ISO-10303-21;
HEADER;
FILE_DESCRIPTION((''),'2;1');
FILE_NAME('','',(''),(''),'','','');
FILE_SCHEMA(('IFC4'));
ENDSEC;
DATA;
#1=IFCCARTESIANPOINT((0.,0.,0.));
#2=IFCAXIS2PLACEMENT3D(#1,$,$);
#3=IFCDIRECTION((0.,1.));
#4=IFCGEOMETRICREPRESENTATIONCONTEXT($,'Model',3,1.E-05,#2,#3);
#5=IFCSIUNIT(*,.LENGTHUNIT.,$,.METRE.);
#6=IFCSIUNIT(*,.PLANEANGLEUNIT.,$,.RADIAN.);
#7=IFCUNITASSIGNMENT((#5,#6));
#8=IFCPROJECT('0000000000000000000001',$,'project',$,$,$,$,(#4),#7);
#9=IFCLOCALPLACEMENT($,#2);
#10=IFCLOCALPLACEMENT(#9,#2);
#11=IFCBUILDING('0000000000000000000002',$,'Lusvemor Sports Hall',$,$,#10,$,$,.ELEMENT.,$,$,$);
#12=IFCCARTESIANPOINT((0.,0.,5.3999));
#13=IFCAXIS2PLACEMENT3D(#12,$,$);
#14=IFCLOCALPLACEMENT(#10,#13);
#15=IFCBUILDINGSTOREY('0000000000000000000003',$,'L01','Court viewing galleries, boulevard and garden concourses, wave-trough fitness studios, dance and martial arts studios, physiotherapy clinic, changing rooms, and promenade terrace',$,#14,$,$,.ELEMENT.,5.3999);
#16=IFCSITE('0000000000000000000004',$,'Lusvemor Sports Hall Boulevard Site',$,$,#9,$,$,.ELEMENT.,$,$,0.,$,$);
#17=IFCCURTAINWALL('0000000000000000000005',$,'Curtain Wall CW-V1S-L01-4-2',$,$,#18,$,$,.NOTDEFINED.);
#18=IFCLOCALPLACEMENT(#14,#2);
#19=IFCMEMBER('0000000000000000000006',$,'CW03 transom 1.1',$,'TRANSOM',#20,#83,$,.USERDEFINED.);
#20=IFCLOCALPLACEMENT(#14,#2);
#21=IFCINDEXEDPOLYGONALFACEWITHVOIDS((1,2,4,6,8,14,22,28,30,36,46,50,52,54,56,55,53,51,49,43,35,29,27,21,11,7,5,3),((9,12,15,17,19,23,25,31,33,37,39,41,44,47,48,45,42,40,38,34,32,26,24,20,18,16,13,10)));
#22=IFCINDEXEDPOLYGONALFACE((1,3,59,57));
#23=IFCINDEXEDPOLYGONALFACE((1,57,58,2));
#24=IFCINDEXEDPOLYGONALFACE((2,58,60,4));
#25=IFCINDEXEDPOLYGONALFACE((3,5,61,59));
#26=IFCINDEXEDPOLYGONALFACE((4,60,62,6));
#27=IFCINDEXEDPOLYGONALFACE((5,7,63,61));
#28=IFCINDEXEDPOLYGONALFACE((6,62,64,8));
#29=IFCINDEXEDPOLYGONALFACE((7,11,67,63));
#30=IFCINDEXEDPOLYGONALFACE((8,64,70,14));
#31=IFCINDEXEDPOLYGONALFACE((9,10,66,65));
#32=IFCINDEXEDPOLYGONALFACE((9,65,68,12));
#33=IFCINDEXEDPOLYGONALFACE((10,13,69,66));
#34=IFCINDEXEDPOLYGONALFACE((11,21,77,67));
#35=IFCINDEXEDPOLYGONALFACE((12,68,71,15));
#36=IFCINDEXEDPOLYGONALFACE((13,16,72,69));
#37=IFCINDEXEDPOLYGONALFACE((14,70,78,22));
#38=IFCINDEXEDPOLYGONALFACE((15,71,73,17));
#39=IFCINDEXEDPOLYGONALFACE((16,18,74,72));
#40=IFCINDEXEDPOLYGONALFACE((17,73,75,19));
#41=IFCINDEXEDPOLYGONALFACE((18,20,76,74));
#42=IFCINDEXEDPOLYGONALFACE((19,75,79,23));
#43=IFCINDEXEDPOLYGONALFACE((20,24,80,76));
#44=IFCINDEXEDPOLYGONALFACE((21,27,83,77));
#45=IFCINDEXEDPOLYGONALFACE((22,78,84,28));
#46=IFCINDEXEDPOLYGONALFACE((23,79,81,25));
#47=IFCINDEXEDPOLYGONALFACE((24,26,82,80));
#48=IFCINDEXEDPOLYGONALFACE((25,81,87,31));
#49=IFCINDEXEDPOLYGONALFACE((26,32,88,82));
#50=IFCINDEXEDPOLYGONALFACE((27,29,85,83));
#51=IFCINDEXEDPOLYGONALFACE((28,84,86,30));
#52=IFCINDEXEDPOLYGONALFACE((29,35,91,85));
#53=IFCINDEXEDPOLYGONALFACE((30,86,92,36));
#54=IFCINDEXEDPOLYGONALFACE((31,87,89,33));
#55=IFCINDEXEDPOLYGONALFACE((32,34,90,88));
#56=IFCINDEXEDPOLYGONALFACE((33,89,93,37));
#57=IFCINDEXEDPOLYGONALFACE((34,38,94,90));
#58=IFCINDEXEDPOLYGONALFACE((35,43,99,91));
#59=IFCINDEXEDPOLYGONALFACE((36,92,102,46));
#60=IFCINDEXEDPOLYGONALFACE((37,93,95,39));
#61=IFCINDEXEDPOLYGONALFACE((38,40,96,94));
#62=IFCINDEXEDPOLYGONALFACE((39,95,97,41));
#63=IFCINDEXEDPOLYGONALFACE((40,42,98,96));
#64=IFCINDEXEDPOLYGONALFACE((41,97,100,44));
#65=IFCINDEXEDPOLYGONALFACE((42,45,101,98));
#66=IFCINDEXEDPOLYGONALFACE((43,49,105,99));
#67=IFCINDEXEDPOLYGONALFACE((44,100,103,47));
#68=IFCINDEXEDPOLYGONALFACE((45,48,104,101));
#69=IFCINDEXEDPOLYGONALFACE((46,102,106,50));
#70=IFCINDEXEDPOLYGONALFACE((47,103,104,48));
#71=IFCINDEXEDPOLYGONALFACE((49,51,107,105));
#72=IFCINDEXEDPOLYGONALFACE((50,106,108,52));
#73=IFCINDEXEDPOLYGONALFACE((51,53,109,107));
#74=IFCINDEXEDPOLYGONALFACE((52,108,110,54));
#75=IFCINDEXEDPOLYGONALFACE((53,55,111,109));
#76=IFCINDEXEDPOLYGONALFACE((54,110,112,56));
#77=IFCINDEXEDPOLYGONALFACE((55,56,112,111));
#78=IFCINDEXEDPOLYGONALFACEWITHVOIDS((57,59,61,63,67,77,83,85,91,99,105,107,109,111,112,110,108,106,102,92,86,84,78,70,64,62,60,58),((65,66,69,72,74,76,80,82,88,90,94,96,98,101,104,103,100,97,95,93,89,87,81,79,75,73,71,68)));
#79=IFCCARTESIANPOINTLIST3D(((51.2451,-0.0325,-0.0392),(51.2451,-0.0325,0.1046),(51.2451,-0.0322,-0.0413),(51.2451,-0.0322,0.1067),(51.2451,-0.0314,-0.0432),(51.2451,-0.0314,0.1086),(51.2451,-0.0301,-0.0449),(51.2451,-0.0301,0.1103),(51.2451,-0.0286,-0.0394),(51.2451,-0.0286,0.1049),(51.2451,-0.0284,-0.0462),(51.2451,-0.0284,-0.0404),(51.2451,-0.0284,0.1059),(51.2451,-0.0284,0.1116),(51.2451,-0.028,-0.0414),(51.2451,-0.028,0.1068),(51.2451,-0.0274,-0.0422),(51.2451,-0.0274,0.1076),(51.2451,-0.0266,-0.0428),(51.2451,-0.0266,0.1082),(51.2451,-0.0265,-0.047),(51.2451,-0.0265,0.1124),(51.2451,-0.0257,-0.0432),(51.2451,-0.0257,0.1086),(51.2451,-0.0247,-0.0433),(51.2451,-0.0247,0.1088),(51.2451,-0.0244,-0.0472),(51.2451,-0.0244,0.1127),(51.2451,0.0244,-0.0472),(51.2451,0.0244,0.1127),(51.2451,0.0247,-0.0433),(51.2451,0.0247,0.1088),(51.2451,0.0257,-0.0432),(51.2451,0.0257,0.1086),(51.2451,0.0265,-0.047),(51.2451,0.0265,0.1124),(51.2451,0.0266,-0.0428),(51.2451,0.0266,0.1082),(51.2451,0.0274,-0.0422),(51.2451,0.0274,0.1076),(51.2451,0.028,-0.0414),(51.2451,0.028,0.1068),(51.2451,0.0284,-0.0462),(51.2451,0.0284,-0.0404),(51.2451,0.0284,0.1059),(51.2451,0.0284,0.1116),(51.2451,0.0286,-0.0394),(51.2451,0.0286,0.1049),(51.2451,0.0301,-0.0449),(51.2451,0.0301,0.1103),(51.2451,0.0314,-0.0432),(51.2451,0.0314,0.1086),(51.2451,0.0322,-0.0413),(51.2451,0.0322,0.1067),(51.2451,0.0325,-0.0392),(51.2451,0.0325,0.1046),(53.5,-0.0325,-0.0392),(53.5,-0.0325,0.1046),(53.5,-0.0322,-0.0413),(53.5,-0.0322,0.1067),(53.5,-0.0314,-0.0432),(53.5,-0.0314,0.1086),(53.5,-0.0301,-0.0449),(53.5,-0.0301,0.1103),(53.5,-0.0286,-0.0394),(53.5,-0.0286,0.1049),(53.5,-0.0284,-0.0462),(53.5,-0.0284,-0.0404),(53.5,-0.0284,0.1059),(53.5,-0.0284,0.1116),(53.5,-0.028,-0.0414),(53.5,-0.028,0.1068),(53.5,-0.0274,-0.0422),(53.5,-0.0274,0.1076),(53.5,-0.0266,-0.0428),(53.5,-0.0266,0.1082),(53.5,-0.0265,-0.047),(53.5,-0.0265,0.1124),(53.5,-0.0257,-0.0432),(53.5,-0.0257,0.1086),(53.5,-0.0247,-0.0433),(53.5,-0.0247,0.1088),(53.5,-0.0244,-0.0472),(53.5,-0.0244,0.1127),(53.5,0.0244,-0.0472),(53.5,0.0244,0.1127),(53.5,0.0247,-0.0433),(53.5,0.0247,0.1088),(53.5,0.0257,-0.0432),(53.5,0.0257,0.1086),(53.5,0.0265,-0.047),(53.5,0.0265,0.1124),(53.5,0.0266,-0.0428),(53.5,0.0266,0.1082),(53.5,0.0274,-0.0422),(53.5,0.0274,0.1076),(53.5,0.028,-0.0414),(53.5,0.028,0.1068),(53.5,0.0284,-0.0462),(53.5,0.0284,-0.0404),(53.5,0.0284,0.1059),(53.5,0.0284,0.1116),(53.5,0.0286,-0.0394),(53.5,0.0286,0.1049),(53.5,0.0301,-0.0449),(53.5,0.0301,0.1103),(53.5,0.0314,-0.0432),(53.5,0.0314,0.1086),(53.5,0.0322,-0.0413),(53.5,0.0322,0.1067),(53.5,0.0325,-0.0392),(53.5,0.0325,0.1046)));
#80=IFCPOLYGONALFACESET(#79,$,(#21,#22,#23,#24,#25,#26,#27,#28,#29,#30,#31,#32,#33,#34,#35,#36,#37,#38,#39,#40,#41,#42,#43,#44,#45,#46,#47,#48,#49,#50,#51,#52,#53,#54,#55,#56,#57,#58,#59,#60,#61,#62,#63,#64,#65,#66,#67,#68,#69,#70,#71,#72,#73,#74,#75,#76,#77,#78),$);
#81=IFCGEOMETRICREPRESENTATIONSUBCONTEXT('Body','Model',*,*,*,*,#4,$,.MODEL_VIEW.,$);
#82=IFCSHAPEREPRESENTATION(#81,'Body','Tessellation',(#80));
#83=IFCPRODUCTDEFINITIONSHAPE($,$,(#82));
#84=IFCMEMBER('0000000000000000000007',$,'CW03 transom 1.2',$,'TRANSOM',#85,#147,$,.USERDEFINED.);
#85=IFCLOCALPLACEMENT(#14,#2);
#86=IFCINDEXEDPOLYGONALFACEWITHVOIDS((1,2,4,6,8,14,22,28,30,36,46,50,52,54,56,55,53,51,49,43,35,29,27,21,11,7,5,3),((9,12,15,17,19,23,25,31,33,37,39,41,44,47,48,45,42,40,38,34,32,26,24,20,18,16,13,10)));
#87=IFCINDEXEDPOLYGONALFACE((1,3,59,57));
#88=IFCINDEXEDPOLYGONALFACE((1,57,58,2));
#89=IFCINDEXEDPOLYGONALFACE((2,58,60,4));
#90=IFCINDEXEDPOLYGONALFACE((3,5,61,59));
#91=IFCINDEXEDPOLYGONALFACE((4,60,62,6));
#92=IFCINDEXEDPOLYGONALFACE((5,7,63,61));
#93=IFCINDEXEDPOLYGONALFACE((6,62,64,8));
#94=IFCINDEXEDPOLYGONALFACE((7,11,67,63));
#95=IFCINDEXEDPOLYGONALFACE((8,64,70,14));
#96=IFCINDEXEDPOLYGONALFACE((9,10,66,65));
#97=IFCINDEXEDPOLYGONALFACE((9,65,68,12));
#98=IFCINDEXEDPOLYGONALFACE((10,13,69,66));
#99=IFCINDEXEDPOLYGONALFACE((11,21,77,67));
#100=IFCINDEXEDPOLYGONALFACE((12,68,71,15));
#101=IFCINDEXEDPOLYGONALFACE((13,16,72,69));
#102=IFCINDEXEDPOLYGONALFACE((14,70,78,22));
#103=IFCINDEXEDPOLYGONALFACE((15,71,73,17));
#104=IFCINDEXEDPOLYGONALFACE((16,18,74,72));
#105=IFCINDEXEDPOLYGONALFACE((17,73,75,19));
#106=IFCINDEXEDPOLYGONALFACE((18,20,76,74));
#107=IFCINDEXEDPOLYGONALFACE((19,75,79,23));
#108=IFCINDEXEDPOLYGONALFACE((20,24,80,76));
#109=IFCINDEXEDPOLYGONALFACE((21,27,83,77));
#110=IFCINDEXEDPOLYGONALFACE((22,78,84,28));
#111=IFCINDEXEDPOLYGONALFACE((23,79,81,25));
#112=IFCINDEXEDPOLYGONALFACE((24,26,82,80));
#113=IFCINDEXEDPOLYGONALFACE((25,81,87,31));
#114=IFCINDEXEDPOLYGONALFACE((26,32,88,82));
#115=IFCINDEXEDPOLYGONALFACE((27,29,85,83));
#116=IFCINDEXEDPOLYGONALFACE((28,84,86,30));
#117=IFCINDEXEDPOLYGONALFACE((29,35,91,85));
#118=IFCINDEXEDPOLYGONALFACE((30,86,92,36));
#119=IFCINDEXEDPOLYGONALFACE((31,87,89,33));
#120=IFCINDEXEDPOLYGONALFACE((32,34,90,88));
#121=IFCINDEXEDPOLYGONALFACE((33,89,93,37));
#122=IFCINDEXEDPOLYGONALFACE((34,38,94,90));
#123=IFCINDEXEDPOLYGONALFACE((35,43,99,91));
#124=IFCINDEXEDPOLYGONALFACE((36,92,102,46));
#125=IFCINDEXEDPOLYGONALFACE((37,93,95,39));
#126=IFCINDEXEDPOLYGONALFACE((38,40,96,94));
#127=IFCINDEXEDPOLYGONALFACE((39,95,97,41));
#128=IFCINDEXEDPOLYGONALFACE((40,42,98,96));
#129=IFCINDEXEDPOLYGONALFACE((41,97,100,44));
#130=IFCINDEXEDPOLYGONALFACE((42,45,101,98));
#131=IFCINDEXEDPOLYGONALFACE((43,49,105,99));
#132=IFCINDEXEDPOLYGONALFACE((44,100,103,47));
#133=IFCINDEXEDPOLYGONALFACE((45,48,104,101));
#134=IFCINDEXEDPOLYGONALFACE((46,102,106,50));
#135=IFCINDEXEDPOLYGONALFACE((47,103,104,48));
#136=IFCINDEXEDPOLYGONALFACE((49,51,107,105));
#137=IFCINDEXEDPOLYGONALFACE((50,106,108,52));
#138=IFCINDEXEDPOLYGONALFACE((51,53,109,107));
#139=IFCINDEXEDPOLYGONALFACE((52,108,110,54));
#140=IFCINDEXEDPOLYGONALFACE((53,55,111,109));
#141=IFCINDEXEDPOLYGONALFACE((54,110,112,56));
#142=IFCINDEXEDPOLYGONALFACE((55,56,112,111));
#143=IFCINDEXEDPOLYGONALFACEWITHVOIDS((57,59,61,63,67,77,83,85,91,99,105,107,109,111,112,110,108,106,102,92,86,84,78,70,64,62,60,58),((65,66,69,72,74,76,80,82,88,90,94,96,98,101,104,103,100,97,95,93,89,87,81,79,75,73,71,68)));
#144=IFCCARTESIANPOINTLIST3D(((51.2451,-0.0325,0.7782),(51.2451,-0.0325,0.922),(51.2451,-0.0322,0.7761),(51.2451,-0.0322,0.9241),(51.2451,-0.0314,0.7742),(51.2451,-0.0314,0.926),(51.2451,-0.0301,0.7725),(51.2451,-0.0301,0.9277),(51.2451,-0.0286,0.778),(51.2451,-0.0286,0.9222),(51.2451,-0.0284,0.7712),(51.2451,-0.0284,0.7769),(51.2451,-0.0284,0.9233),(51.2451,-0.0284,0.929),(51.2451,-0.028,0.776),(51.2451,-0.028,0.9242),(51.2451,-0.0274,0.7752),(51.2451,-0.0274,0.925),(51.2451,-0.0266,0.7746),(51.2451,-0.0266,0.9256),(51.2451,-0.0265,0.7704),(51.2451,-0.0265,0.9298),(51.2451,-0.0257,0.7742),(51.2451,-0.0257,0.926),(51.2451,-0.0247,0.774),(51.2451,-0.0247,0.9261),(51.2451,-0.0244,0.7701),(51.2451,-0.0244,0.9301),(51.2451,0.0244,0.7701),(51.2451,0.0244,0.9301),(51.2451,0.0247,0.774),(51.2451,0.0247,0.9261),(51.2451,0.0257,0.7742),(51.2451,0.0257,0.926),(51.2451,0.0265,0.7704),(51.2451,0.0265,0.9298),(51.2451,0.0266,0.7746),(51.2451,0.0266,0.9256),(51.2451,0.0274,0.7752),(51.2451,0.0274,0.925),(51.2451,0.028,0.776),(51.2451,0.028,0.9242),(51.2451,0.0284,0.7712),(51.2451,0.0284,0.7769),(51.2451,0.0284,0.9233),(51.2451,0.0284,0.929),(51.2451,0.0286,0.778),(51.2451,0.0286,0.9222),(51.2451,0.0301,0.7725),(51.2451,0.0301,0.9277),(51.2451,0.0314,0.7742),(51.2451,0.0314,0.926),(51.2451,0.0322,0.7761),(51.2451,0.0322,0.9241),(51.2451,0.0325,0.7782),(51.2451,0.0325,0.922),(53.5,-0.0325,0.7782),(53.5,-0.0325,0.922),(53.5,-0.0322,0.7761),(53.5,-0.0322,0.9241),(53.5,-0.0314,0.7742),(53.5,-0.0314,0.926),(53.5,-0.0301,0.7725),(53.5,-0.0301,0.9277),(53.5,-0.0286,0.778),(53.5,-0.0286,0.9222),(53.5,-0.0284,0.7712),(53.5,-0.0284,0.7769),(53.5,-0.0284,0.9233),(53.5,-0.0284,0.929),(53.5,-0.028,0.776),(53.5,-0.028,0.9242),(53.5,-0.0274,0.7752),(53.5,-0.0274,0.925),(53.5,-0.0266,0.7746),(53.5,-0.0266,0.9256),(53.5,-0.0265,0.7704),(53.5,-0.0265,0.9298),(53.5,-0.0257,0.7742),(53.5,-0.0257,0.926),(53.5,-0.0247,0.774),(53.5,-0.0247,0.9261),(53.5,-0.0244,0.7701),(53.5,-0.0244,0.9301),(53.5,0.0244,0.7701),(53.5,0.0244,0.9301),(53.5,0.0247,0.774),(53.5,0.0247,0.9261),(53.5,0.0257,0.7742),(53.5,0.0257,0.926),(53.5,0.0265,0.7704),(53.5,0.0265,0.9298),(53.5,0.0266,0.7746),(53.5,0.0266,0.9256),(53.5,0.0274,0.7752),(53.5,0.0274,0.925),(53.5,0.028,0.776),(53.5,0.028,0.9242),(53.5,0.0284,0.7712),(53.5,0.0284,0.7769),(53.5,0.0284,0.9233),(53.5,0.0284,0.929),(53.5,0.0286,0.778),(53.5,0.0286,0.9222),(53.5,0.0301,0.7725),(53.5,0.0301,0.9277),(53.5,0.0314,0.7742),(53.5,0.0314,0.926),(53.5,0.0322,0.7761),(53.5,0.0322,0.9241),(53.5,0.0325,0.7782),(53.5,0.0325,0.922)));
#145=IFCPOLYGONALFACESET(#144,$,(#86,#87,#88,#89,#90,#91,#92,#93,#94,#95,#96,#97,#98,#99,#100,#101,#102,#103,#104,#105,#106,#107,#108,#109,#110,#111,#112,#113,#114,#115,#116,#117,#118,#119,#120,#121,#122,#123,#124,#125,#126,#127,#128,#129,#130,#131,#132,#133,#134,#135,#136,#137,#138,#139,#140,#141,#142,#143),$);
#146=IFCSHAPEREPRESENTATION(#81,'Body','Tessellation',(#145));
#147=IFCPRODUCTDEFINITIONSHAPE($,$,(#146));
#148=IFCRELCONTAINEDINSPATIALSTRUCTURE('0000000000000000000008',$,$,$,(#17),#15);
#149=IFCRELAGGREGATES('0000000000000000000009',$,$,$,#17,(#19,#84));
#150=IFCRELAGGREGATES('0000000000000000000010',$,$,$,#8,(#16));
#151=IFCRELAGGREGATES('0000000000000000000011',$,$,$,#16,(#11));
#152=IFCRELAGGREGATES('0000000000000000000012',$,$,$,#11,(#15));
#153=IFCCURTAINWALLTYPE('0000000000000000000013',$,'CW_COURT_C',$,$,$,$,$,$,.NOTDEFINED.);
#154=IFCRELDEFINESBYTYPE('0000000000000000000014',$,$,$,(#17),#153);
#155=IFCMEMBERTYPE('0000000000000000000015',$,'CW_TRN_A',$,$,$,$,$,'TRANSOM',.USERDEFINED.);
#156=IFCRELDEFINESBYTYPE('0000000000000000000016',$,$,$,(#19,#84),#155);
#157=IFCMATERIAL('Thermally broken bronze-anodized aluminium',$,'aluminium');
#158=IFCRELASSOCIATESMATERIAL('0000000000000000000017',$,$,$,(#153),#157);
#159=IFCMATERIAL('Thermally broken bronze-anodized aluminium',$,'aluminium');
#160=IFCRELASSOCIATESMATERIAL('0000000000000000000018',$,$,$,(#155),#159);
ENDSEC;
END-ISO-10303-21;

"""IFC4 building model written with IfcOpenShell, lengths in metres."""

from ifc_helpers import new_model, si_unit, direction, frame, origin, origin_2d, place, context, subcontext, project, spatial, hollow_rectangle, extrude, material, material_profile, profile_set, type_object, element, aggregate, save


model = new_model("IFC4")

# Units and contexts
model_context = context("Model", 3, precision=1e-05, world=origin(), true_north=direction((0.0, 1.0)))
body_context = subcontext(model_context, "Body", "Model", "MODEL_VIEW")
ifc_project = project(units=[si_unit("LENGTHUNIT", "METRE"), si_unit("PLANEANGLEUNIT", "RADIAN")], contexts=[model_context])

# Site, building, storey
site_placement = place(None, origin())
site = spatial("IfcSite", under=ifc_project, at=site_placement, Name="Lusvemor Sports Hall Boulevard Site", CompositionType="ELEMENT", RefElevation=0.0)
building_placement = place(site_placement, origin())
building = spatial("IfcBuilding", under=site, at=building_placement, Name="Lusvemor Sports Hall", CompositionType="ELEMENT")
storey_placement = place(building_placement, frame((0.0, 0.0, 5.3999)))
storey = spatial("IfcBuildingStorey", under=building, at=storey_placement, Name="L01", Description="Court viewing galleries, boulevard and garden concourses, wave-trough fitness studios, dance and martial arts studios, physiotherapy clinic, changing rooms, and promenade terrace", CompositionType="ELEMENT", Elevation=5.3999)

# Curtain wall, members
ifc_material_1 = material(Name="Thermally broken bronze-anodized aluminium", Category="aluminium")
curtain_wall_type = type_object("IfcCurtainWallType", Name="CW_COURT_C", PredefinedType="NOTDEFINED", material=ifc_material_1)
curtain_wall_placement = place(storey_placement, origin())
curtain_wall = element("IfcCurtainWall", 1, at=curtain_wall_placement, inside=storey, type_object=curtain_wall_type, Name="Curtain Wall CW-V1S-L01-4-2", PredefinedType="NOTDEFINED")
ifc_material_2 = material(Name="Thermally broken bronze-anodized aluminium", Category="aluminium")
ifc_material_profile_1 = material_profile(ifc_material_2, hollow_rectangle(XDim=0.0649, YDim=0.1599, WallThickness=0.0039, InnerFilletRadius=0.0039, OuterFilletRadius=0.0081, at=origin_2d()), Name="CWTRN160x65x4")
ifc_profile_set_1 = profile_set([ifc_material_profile_1], Name="Thermally broken bronze-anodized aluminium")
member_type_1 = type_object("IfcMemberType", Name="CW_TRN_A", ElementType="TRANSOM", PredefinedType="USERDEFINED", material=ifc_profile_set_1)
member_1_placement = place(storey_placement, frame((53.5, 0.0, 0.0327), z_axis=(-1.0, 0.0, 0.0), x_axis=(0.0, -1.0, 0.0)))
member_1 = element("IfcMember", 2, at=member_1_placement, type_object=member_type_1, Name="CW03 transom 1.1", ObjectType="TRANSOM", PredefinedType="USERDEFINED", context=body_context, shape_type="SweptSolid", body=[
    extrude(hollow_rectangle(XDim=0.0649, YDim=0.1599, WallThickness=0.0039, InnerFilletRadius=0.0039, OuterFilletRadius=0.0081, at=origin_2d()), origin(), (0.0, 0.0, 1.0), 2.2549),
])
member_2_placement = place(storey_placement, frame((53.5, 0.0, 0.8501), z_axis=(-1.0, 0.0, 0.0), x_axis=(0.0, -1.0, 0.0)))
member_2 = element("IfcMember", 3, at=member_2_placement, type_object=member_type_1, Name="CW03 transom 1.2", ObjectType="TRANSOM", PredefinedType="USERDEFINED", context=body_context, shape_type="SweptSolid", body=[
    extrude(hollow_rectangle(XDim=0.0649, YDim=0.1599, WallThickness=0.0039, InnerFilletRadius=0.0039, OuterFilletRadius=0.0081, at=origin_2d()), origin(), (0.0, 0.0, 1.0), 2.2549),
])

aggregate(curtain_wall, [member_1, member_2])

save(model, "model.ifc")
